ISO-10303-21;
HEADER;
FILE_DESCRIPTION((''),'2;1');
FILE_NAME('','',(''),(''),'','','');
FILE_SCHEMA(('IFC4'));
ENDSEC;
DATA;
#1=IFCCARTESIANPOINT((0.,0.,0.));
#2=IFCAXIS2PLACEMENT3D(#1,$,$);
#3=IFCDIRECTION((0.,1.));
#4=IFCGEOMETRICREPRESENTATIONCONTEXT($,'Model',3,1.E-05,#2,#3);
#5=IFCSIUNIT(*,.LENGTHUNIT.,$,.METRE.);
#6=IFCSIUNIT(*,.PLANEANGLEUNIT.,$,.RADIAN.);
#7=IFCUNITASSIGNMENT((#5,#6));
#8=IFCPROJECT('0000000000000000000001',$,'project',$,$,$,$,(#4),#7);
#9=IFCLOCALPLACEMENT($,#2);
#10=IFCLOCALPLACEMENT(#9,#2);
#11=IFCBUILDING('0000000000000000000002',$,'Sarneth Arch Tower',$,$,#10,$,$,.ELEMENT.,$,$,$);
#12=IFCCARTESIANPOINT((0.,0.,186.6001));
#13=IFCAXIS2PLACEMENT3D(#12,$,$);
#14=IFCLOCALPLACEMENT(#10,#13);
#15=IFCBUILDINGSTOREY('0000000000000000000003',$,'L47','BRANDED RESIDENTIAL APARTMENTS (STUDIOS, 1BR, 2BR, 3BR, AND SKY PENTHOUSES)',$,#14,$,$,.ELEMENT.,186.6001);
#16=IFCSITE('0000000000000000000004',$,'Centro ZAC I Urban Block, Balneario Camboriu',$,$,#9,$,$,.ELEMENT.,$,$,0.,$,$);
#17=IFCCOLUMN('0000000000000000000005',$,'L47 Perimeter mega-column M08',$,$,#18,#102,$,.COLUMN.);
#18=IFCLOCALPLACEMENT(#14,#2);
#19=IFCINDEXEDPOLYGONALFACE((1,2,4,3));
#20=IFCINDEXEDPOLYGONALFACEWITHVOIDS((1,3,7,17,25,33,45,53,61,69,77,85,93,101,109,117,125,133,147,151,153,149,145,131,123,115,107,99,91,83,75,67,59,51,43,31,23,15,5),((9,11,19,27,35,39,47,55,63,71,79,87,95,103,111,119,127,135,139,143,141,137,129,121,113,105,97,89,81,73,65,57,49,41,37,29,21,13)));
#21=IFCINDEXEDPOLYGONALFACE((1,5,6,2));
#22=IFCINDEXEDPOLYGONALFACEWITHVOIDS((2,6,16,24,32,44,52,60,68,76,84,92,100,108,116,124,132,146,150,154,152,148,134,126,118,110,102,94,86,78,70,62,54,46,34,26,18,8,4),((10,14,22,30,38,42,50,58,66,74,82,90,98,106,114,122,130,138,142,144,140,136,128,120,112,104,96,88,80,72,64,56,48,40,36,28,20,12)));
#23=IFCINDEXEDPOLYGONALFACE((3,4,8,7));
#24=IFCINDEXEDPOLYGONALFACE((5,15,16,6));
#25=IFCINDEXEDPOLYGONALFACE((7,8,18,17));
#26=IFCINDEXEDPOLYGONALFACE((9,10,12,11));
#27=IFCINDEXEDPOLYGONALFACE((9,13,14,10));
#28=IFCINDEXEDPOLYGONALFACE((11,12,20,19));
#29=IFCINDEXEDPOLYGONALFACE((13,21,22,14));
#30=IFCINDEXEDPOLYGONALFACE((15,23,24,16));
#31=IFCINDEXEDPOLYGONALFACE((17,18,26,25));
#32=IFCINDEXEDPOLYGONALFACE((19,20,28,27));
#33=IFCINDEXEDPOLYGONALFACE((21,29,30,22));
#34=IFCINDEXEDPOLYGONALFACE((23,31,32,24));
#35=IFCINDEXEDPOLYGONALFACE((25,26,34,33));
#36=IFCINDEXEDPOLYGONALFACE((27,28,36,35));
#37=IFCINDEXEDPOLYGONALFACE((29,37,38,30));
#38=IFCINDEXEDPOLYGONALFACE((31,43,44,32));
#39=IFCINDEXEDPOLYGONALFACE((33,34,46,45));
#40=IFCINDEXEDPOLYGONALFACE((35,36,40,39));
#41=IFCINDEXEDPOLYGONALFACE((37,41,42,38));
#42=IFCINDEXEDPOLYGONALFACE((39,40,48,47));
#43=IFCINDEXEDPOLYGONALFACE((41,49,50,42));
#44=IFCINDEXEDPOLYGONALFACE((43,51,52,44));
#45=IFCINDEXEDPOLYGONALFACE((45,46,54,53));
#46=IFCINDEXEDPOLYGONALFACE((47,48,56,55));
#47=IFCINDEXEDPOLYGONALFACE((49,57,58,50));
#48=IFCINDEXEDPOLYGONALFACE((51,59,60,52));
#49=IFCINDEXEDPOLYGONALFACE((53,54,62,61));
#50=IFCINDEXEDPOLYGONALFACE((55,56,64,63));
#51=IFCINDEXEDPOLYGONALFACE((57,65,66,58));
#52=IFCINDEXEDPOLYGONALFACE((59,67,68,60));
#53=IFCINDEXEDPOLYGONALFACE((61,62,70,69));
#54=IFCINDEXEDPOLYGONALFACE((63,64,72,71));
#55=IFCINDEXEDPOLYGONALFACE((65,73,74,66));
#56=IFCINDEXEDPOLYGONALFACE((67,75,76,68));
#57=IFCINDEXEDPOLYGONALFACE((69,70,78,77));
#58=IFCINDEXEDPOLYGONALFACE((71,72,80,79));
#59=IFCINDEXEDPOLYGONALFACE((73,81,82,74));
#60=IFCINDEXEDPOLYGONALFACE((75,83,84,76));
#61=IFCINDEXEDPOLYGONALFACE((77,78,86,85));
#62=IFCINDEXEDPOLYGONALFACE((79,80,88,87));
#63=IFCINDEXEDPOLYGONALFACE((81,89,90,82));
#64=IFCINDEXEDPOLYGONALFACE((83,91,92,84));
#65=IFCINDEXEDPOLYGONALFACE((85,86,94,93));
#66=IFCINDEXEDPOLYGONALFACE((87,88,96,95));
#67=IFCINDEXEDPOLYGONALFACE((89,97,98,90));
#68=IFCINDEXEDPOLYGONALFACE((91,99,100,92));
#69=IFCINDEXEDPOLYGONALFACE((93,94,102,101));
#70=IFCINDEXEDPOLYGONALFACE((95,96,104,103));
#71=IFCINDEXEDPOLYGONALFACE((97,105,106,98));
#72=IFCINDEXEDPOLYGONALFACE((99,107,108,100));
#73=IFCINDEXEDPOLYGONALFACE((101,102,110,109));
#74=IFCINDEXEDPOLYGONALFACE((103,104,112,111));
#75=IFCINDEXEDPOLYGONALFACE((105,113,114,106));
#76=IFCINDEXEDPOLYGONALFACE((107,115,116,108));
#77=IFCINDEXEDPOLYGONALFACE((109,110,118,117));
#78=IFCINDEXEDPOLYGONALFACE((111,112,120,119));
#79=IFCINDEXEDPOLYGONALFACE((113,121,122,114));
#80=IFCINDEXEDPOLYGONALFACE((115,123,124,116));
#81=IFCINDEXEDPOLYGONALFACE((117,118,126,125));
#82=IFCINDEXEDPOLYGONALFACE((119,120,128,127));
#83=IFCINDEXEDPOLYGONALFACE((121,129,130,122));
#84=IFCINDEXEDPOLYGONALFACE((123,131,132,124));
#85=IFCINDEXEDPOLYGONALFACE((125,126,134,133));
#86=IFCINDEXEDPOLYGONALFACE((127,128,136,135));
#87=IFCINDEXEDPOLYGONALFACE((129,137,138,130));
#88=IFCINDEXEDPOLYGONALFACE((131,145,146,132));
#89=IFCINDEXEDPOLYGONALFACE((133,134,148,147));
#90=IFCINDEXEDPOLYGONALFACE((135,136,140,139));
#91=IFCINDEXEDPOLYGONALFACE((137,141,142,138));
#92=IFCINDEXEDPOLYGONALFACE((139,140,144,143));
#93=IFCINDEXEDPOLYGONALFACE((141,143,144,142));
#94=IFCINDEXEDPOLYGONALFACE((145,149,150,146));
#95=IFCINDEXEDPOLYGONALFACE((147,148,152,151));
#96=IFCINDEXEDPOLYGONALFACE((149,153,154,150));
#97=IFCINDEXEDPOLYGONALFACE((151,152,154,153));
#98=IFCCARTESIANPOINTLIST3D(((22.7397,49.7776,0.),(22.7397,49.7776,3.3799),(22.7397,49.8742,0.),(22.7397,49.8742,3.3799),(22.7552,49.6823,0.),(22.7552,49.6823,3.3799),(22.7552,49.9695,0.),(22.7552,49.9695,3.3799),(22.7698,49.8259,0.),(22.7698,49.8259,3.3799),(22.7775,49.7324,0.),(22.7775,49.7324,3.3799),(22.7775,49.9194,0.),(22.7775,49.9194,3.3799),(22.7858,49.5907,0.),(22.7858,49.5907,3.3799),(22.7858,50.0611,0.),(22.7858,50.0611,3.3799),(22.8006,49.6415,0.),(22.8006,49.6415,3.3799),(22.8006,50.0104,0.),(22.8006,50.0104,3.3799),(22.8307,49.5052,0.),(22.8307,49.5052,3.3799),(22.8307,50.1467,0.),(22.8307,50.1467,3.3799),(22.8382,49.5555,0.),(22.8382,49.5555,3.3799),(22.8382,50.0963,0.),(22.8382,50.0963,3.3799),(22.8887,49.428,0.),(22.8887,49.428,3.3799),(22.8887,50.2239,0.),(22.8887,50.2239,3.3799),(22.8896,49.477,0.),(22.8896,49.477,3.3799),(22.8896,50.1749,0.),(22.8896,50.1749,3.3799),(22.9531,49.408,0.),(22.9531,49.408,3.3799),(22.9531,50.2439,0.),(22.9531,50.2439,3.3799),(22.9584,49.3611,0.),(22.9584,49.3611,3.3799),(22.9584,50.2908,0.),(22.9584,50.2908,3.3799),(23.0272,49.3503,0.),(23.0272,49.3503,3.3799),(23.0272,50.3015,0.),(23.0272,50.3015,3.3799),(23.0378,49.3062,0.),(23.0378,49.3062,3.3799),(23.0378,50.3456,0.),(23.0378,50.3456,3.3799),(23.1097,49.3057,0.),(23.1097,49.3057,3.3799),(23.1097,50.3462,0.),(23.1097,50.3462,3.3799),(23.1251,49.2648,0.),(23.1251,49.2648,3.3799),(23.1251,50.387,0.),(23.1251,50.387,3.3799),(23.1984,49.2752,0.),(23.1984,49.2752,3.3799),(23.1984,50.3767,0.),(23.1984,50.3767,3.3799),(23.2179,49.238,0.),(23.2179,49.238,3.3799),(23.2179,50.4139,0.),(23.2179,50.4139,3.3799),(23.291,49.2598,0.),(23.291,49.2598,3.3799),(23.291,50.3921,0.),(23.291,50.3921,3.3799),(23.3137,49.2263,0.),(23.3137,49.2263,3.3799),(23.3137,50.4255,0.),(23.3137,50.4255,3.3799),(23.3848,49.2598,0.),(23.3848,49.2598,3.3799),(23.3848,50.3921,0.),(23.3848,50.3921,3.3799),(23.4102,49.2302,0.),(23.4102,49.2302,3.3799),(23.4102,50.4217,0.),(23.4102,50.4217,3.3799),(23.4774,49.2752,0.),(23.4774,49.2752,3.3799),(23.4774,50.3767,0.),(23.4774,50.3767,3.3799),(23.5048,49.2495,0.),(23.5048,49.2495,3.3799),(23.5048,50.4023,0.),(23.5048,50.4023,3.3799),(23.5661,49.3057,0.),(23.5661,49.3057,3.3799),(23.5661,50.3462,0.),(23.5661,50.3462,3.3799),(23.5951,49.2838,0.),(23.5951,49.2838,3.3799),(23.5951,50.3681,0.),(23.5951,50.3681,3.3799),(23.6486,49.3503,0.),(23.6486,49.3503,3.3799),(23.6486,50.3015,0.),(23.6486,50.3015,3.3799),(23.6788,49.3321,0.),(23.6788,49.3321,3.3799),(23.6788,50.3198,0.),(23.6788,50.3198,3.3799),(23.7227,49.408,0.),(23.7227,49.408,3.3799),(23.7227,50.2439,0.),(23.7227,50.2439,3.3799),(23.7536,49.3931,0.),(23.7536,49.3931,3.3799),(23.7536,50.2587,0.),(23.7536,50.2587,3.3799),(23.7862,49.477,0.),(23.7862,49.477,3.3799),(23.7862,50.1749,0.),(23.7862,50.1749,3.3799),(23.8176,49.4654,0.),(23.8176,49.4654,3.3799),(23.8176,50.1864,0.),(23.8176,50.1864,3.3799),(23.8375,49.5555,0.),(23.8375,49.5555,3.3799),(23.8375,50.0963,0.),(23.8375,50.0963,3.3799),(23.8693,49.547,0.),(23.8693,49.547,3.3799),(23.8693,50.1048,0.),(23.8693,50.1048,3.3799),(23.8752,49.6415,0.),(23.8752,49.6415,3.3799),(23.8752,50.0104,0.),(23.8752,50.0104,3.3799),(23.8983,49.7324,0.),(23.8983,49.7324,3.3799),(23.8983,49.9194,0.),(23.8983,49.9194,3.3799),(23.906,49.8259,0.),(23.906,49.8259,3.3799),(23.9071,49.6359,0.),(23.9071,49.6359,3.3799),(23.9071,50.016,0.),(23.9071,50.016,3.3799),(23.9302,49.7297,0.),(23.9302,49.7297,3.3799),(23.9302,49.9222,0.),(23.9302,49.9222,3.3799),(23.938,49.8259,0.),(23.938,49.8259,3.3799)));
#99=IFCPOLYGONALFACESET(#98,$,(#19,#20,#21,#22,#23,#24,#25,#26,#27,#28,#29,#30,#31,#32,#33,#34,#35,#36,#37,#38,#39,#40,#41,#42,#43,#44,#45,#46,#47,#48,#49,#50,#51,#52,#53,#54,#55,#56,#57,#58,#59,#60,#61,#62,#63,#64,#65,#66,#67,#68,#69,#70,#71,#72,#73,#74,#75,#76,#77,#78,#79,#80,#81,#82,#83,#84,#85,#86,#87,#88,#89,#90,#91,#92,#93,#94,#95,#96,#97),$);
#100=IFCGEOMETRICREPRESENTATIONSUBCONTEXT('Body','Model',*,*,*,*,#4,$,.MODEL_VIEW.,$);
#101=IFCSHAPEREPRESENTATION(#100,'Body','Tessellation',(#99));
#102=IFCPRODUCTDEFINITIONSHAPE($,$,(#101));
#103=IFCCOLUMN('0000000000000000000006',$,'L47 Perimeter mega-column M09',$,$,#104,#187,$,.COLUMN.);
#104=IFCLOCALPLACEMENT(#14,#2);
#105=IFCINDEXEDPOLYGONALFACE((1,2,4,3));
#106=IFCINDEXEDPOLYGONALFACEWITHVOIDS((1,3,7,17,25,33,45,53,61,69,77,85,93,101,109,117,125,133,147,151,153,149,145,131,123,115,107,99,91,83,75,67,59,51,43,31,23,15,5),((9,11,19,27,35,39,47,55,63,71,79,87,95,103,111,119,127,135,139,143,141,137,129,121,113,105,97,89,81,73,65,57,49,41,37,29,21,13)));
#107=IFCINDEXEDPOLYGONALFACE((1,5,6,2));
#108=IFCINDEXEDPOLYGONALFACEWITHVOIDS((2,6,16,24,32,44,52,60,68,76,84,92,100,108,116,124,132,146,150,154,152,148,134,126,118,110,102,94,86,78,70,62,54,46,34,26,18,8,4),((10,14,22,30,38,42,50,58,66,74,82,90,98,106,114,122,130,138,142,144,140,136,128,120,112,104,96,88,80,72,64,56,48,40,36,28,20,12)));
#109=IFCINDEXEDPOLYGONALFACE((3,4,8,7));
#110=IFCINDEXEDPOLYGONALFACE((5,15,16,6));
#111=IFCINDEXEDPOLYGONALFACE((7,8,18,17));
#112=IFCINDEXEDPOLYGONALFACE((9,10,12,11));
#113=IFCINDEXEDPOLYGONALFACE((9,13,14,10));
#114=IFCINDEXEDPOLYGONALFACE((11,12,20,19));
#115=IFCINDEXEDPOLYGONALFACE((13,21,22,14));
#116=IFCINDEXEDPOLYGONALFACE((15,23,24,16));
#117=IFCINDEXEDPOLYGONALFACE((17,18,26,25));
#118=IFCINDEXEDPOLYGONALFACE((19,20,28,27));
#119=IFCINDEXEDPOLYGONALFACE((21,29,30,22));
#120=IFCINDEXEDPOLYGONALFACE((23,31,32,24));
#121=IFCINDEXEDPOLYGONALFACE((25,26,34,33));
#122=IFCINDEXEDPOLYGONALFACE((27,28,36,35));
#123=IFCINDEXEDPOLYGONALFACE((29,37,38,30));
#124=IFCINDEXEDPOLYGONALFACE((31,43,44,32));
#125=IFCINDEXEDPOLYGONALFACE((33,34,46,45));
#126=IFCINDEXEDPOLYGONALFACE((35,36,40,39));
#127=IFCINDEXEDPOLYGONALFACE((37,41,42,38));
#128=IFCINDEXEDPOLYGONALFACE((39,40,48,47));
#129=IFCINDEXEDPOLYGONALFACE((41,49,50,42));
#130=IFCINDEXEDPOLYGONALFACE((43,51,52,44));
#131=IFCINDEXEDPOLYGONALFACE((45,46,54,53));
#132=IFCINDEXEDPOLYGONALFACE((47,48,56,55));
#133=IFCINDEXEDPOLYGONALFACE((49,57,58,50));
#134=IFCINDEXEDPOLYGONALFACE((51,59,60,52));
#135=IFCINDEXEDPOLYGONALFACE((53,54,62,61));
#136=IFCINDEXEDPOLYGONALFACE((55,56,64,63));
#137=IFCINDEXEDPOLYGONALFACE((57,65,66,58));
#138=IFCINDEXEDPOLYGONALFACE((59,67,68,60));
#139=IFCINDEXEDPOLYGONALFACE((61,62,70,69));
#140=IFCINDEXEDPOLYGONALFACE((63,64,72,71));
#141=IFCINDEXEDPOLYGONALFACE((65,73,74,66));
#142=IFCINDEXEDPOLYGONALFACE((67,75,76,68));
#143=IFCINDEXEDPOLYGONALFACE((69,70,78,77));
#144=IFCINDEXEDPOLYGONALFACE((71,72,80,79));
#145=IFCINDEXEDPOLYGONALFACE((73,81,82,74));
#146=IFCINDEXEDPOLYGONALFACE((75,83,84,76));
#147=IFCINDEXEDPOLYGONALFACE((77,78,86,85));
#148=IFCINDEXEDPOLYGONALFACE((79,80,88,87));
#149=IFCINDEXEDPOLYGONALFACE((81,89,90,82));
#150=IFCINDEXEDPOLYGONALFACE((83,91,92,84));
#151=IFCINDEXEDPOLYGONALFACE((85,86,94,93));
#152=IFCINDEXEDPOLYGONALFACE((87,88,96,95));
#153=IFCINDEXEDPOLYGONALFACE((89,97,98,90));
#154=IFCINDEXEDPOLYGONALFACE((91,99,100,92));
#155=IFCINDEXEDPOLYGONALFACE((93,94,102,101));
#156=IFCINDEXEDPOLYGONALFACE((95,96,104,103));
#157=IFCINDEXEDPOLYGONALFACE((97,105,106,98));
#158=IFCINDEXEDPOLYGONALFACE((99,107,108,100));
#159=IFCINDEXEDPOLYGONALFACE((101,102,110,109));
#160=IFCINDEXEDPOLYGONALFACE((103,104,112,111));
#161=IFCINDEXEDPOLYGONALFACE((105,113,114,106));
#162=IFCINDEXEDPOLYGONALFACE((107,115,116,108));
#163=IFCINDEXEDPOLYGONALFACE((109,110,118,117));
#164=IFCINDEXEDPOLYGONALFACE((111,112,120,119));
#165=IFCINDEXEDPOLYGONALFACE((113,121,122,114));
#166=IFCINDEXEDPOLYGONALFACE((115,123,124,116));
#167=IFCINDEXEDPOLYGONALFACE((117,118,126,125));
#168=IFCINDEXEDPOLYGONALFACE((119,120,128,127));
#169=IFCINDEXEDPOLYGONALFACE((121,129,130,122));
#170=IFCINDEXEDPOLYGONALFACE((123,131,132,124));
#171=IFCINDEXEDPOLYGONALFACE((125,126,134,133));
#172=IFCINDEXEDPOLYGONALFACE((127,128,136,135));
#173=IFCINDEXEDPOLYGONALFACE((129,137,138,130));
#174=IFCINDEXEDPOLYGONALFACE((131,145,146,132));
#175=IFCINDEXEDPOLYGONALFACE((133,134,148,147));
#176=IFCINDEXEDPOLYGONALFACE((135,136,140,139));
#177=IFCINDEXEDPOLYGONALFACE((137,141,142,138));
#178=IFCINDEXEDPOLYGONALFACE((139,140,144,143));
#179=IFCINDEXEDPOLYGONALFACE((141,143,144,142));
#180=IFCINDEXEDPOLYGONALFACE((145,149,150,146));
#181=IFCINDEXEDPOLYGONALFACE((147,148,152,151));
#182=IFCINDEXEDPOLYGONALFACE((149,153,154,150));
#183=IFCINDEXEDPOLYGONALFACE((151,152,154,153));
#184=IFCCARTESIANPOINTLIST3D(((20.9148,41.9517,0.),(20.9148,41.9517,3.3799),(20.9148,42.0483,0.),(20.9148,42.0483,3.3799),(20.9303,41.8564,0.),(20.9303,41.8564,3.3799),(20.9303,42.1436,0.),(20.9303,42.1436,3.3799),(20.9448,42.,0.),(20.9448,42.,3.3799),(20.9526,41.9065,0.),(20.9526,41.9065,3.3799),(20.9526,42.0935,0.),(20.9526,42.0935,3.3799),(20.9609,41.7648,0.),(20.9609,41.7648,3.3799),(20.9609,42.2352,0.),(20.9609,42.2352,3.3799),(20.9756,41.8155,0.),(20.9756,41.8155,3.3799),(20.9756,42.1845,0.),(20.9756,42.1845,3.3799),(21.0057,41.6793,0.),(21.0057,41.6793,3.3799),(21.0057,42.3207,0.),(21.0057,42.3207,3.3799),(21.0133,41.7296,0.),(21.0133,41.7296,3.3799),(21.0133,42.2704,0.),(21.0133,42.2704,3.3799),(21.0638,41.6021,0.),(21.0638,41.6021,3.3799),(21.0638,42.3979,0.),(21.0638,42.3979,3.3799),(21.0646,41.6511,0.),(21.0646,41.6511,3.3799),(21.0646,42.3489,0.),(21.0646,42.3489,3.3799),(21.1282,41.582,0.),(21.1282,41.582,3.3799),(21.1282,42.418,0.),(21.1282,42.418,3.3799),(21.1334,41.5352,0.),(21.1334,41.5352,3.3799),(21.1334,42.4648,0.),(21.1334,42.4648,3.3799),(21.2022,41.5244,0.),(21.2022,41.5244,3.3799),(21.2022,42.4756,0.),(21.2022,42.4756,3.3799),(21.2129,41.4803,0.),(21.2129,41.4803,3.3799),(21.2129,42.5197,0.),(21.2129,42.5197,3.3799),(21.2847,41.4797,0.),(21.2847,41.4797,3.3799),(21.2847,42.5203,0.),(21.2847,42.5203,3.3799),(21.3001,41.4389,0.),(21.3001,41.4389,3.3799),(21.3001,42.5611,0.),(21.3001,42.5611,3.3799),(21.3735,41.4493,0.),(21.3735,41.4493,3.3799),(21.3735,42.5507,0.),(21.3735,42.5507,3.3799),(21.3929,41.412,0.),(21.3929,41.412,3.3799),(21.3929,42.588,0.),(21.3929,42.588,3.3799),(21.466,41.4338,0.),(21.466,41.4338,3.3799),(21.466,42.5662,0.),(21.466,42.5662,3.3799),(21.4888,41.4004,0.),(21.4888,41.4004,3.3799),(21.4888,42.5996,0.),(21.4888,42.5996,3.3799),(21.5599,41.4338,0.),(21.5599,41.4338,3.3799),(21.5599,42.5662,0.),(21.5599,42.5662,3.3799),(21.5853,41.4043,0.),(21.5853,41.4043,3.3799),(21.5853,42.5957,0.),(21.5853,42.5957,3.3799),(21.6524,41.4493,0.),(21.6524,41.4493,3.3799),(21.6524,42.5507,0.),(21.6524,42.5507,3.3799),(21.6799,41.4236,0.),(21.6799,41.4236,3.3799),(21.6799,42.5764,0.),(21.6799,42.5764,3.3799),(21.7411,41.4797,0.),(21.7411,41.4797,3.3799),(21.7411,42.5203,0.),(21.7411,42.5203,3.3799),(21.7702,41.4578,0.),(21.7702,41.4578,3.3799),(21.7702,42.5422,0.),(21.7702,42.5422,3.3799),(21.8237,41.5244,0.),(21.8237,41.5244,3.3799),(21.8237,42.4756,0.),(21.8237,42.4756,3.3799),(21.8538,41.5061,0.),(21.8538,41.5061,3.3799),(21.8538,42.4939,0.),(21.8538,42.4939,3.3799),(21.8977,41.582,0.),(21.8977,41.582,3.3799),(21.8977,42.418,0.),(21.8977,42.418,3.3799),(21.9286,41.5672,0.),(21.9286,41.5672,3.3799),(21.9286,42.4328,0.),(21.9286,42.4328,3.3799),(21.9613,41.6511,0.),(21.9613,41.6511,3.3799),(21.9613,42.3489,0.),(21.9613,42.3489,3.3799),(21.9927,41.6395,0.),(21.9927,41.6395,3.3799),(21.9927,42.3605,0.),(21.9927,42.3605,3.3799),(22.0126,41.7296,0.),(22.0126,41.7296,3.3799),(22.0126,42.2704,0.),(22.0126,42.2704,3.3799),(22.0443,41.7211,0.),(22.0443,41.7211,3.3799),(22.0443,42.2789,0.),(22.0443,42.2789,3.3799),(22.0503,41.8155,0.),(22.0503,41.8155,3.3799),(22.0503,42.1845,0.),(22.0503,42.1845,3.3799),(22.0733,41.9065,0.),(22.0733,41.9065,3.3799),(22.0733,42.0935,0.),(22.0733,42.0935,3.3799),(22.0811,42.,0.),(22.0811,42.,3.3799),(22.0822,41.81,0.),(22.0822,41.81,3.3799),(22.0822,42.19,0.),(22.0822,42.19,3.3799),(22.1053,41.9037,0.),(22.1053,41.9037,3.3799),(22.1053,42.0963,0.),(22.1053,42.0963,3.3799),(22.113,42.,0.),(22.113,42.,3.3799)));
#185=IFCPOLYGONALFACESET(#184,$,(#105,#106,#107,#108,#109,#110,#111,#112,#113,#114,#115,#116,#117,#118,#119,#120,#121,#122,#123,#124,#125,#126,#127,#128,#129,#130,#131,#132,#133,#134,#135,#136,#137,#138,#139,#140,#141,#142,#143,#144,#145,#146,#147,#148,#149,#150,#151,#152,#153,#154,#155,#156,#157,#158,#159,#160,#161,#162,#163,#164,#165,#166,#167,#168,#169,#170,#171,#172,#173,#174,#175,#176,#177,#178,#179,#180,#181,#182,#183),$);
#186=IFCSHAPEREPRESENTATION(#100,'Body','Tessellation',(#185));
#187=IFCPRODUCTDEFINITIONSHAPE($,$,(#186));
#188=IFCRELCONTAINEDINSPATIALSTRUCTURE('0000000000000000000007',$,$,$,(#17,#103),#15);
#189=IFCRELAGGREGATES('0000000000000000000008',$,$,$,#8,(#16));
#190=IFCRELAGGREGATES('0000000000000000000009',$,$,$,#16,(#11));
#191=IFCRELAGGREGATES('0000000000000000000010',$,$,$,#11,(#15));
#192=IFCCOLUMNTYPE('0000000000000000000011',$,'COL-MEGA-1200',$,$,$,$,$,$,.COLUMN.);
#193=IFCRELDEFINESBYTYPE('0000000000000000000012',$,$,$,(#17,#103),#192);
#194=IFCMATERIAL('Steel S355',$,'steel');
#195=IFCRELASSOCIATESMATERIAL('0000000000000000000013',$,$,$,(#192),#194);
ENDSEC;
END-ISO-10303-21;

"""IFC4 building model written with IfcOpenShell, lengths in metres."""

from ifc_helpers import new_model, si_unit, direction, frame, origin, origin_2d, place, context, subcontext, project, spatial, hollow_circle, extrude, material, material_profile, profile_set, type_object, element, save


model = new_model("IFC4")

# Units and contexts
model_context = context("Model", 3, precision=1e-05, world=origin(), true_north=direction((0.0, 1.0)))
body_context = subcontext(model_context, "Body", "Model", "MODEL_VIEW")
ifc_project = project(units=[si_unit("LENGTHUNIT", "METRE"), si_unit("PLANEANGLEUNIT", "RADIAN")], contexts=[model_context])

# Site, building, storey
site_placement = place(None, origin())
site = spatial("IfcSite", under=ifc_project, at=site_placement, Name="Centro ZAC I Urban Block, Balneario Camboriu", CompositionType="ELEMENT", RefElevation=0.0)
building_placement = place(site_placement, origin())
building = spatial("IfcBuilding", under=site, at=building_placement, Name="Sarneth Arch Tower", CompositionType="ELEMENT")
storey_placement = place(building_placement, frame((0.0, 0.0, 186.6001)))
storey = spatial("IfcBuildingStorey", under=building, at=storey_placement, Name="L47", Description="BRANDED RESIDENTIAL APARTMENTS (STUDIOS, 1BR, 2BR, 3BR, AND SKY PENTHOUSES)", CompositionType="ELEMENT", Elevation=186.6001)

# Columns
ifc_material_1 = material(Name="Steel S355", Category="steel")
ifc_material_profile_1 = material_profile(ifc_material_1, hollow_circle(Radius=0.6001, WallThickness=0.032, at=origin_2d()), Name="CHS1200x32")
ifc_profile_set_1 = profile_set([ifc_material_profile_1], Name="Steel S355")
column_type = type_object("IfcColumnType", Name="COL-MEGA-1200", PredefinedType="COLUMN", material=ifc_profile_set_1)
for number, where, z_axis, x_axis, name in (
    (1, (23.3379, 49.8259, 0.0), (0.0, 0.0, 1.0), (1.0, 0.0, 0.0), "L47 Perimeter mega-column M08"),
    (2, (21.5129, 42.0, 0.0), (0.0, 0.0, 1.0), (1.0, 0.0, 0.0), "L47 Perimeter mega-column M09"),
):
    element("IfcColumn", number, at=place(storey_placement, frame(where, z_axis=z_axis, x_axis=x_axis)), inside=storey, type_object=column_type, Name=name, PredefinedType="COLUMN", context=body_context, shape_type="SweptSolid", body=[
        extrude(hollow_circle(Radius=0.6001, WallThickness=0.032, at=origin_2d()), origin(), (0.0, 0.0, 1.0), 3.3799),
    ])

save(model, "model.ifc")
